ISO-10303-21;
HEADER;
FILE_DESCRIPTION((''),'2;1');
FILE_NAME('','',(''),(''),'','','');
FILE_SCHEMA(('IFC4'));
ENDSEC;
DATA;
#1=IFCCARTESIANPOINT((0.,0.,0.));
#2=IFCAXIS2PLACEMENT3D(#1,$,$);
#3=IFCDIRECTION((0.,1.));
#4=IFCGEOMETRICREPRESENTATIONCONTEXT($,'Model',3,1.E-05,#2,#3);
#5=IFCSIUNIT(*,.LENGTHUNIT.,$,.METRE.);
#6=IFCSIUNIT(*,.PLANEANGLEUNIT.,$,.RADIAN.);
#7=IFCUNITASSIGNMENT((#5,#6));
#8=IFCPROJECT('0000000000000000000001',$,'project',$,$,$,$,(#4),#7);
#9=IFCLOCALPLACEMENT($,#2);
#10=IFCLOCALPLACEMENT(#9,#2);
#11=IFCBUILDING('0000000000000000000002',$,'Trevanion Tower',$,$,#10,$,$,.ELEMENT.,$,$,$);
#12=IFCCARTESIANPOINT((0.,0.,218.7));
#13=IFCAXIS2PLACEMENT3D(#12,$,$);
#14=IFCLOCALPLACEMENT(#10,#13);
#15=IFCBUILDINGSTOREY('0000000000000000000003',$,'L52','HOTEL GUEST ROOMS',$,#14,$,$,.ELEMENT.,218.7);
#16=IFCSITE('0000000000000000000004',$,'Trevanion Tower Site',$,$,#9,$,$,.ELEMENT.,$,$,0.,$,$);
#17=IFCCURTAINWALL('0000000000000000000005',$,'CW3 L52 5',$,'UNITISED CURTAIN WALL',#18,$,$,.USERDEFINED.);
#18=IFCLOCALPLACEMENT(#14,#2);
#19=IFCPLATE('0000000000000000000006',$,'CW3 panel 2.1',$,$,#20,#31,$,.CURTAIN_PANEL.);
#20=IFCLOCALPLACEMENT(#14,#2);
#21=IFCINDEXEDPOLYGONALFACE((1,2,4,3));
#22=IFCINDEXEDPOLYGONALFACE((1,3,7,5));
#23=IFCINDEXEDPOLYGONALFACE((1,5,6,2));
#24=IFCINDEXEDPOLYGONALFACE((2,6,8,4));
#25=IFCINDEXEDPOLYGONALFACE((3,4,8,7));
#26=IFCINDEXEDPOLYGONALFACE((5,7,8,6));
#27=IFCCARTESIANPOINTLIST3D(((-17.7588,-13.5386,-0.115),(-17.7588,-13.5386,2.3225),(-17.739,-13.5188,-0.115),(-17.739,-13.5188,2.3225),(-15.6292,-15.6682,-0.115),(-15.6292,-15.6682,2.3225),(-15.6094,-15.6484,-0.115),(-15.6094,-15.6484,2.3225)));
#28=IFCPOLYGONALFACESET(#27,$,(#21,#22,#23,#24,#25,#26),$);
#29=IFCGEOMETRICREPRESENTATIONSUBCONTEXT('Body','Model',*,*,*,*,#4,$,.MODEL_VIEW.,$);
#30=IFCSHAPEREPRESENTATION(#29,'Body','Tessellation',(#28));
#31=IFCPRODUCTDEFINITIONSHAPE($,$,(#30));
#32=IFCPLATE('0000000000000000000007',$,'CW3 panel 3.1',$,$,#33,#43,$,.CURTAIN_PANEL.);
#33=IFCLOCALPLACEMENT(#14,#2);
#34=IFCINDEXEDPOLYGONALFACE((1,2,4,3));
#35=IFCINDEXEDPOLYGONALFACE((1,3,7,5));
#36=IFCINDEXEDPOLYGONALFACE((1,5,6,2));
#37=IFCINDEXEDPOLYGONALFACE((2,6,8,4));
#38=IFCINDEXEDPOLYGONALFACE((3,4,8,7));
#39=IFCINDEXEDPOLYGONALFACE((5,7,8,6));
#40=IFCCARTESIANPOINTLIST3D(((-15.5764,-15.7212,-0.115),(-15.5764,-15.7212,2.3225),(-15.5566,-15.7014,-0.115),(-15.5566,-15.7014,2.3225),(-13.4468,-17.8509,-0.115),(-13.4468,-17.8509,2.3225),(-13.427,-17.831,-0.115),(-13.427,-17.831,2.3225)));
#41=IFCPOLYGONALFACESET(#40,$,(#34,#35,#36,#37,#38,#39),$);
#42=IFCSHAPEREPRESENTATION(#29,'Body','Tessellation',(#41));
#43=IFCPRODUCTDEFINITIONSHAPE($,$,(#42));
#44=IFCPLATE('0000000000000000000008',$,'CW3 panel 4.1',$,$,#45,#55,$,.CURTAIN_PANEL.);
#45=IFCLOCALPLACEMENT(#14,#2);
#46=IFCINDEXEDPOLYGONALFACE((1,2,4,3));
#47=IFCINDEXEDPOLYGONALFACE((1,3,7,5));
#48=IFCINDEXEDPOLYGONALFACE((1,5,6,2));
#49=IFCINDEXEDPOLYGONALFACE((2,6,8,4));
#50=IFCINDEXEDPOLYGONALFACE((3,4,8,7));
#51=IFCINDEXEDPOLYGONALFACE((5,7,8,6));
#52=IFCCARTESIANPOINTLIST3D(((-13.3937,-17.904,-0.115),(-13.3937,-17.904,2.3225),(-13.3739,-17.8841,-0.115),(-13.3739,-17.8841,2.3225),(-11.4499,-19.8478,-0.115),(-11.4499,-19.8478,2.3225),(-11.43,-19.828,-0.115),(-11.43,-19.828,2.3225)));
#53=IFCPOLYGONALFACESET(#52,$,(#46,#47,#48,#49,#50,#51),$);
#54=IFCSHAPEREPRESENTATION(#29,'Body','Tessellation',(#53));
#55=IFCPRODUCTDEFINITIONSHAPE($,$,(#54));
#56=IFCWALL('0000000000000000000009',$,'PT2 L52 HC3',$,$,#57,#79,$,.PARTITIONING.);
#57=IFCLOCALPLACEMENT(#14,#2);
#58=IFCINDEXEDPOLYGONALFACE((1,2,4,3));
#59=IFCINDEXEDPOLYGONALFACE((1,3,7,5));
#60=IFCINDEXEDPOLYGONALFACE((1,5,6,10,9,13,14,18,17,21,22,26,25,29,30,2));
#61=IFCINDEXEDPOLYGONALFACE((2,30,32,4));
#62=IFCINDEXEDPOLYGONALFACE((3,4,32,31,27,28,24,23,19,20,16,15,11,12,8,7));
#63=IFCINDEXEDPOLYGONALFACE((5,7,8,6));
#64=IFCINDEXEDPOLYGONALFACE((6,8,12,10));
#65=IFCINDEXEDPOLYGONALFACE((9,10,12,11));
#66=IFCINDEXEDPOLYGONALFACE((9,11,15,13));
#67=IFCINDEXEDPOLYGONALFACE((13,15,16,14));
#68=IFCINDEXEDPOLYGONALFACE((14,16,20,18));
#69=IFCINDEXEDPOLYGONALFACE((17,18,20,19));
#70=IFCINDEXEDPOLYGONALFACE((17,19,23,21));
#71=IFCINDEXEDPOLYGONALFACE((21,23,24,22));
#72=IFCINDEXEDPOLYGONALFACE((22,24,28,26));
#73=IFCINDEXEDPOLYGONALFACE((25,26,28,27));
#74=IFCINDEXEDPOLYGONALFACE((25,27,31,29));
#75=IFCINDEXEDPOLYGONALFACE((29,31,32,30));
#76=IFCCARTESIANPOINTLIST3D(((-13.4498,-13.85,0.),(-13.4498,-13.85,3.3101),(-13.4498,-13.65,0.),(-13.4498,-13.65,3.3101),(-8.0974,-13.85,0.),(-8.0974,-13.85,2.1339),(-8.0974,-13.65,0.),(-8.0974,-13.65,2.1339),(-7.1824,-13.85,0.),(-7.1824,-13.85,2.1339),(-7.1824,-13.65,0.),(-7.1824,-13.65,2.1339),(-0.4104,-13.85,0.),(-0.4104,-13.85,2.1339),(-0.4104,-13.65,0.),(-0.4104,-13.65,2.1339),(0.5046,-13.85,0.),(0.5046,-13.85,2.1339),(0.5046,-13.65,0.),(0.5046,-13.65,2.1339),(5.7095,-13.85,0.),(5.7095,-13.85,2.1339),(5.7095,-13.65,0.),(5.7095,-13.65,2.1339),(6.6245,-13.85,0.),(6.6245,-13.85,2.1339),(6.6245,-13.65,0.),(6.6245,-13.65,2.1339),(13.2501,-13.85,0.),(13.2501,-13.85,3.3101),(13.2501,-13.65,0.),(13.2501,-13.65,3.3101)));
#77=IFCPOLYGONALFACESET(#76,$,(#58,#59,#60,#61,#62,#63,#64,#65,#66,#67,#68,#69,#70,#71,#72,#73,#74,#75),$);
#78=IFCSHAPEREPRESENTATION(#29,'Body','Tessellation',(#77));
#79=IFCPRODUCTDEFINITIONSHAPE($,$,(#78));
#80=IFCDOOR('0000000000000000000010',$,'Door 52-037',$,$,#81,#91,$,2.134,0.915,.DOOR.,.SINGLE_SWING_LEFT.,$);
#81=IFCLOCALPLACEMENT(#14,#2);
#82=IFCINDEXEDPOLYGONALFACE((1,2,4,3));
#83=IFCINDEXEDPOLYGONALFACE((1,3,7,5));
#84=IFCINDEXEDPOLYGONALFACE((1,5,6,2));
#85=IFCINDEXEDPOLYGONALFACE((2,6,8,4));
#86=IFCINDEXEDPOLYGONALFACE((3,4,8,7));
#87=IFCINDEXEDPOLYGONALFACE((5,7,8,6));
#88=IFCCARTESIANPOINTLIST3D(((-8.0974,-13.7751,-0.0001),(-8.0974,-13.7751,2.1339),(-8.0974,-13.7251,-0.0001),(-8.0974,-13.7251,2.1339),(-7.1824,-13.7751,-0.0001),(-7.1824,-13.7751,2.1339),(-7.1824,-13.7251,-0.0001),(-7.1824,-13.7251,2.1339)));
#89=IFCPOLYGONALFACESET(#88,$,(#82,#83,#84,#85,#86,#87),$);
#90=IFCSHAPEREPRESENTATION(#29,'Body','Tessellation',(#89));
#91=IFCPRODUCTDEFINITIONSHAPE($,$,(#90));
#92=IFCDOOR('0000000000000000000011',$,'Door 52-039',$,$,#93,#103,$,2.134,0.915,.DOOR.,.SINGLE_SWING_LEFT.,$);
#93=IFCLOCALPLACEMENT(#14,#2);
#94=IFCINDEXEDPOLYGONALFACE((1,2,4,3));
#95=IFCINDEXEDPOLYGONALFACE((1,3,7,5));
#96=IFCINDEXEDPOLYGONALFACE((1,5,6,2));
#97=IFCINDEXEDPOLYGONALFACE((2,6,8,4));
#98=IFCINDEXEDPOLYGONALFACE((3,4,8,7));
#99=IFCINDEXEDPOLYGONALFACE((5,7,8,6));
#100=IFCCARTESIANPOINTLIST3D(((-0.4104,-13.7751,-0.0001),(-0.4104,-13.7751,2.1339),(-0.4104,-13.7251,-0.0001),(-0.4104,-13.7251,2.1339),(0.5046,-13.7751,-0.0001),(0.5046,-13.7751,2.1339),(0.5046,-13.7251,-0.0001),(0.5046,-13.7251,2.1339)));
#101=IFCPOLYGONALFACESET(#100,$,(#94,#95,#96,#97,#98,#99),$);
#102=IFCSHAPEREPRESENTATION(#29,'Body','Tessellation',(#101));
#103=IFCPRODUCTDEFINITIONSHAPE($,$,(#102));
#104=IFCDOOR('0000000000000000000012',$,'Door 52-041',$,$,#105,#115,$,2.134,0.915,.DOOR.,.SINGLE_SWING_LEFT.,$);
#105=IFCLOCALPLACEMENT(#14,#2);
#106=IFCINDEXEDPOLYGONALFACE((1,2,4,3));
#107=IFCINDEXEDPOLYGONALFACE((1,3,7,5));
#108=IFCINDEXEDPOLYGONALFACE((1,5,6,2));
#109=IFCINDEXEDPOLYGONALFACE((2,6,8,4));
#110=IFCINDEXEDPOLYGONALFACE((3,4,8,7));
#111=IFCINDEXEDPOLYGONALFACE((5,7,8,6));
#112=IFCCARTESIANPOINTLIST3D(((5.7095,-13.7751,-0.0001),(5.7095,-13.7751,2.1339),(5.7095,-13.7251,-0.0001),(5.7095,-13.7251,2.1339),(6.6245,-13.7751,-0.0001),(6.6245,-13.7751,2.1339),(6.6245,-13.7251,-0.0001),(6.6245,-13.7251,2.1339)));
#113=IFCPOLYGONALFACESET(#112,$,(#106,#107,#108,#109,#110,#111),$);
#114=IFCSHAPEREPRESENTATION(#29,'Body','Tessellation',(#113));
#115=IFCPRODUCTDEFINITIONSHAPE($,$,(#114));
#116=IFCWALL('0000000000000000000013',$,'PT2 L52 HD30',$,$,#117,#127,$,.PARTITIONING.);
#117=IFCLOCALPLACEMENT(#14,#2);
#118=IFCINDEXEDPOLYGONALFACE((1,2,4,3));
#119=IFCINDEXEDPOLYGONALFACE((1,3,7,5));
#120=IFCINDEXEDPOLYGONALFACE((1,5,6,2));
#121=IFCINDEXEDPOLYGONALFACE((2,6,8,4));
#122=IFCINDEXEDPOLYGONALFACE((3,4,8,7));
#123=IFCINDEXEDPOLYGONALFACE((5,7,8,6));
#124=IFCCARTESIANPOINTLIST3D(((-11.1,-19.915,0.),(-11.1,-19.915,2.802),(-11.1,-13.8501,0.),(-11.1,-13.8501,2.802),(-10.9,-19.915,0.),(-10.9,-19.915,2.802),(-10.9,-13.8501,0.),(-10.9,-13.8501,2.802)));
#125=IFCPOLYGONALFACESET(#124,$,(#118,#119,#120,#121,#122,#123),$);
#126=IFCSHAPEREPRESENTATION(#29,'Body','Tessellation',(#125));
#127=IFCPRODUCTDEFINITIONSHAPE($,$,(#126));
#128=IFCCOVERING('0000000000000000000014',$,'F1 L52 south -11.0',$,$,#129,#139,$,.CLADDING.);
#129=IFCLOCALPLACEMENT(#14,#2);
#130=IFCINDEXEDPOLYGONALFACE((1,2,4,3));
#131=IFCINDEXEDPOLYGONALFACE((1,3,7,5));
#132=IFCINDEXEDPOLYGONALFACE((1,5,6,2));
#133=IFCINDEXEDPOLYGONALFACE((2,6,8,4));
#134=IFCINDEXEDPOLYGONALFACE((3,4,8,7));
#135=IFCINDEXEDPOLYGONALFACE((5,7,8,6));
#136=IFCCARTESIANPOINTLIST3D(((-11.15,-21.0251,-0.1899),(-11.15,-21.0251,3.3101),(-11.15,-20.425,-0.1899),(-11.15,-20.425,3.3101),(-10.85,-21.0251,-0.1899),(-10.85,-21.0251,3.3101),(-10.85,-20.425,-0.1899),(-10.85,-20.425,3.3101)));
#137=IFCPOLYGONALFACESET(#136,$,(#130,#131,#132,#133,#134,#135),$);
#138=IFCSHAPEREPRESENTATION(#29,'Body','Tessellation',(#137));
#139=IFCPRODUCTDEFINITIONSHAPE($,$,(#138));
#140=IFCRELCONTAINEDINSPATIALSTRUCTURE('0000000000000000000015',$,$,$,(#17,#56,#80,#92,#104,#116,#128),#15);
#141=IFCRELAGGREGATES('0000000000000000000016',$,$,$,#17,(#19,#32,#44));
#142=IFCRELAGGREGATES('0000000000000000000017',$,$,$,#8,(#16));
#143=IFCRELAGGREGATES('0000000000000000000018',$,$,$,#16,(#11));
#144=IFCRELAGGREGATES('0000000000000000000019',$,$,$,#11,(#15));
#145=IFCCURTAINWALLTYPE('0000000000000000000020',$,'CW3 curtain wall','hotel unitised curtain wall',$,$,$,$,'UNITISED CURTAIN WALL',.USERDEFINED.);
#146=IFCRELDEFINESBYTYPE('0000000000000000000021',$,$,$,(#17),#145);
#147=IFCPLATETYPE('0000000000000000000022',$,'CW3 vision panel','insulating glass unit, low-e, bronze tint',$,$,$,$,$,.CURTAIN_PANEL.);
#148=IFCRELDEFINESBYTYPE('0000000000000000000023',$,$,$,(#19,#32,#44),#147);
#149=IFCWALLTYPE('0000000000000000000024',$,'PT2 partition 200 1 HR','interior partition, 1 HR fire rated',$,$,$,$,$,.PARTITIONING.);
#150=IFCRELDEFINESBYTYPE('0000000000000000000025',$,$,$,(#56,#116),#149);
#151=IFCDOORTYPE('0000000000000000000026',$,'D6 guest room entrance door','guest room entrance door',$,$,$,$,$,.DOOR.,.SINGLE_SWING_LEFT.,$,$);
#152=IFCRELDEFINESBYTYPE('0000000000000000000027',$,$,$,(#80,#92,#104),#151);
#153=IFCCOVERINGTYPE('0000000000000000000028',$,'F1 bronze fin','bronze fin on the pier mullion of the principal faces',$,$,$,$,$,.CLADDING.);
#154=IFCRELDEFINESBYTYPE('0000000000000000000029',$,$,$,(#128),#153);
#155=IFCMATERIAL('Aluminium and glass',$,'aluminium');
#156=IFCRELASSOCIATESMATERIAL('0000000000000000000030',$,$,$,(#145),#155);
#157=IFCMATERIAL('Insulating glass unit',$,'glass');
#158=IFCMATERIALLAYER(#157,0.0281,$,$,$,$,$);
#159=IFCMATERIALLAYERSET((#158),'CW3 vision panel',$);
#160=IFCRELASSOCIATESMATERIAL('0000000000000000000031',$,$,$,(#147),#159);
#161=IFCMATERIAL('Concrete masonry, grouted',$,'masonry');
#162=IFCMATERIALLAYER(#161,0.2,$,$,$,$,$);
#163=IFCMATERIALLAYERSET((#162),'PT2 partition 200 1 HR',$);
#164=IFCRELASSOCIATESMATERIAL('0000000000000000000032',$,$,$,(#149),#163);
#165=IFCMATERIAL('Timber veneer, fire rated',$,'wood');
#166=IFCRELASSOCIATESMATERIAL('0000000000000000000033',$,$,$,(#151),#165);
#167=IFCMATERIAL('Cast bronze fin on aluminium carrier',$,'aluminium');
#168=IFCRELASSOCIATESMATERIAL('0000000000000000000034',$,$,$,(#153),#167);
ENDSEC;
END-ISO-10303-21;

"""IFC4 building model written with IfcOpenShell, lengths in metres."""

from ifc_helpers import new_model, si_unit, direction, frame, frame_2d, origin, origin_2d, place, context, subcontext, project, spatial, rectangle, extrude, material, layer, layer_set, type_object, element, fill, aggregate, save


model = new_model("IFC4")

# Units and contexts
model_context = context("Model", 3, precision=1e-05, world=origin(), true_north=direction((0.0, 1.0)))
body_context = subcontext(model_context, "Body", "Model", "MODEL_VIEW")
ifc_project = project(units=[si_unit("LENGTHUNIT", "METRE"), si_unit("PLANEANGLEUNIT", "RADIAN")], contexts=[model_context])

# Site, building, storey
site_placement = place(None, origin())
site = spatial("IfcSite", under=ifc_project, at=site_placement, Name="Trevanion Tower Site", CompositionType="ELEMENT", RefElevation=0.0)
building_placement = place(site_placement, origin())
building = spatial("IfcBuilding", under=site, at=building_placement, Name="Trevanion Tower", CompositionType="ELEMENT")
storey_placement = place(building_placement, frame((0.0, 0.0, 218.7)))
storey = spatial("IfcBuildingStorey", under=building, at=storey_placement, Name="L52", Description="HOTEL GUEST ROOMS", CompositionType="ELEMENT", Elevation=218.7)

# Curtain wall
ifc_material_1 = material(Name="Aluminium and glass", Category="aluminium")
curtain_wall_type = type_object("IfcCurtainWallType", Name="CW3 curtain wall", Description="hotel unitised curtain wall", ElementType="UNITISED CURTAIN WALL", PredefinedType="USERDEFINED", material=ifc_material_1)
curtain_wall_1_placement = place(storey_placement, origin())
curtain_wall_1 = element("IfcCurtainWall", 1, at=curtain_wall_1_placement, inside=storey, type_object=curtain_wall_type, Name="CW3 L52 5", ObjectType="UNITISED CURTAIN WALL", PredefinedType="USERDEFINED")

# Plates
ifc_material_2 = material(Name="Insulating glass unit", Category="glass")
ifc_layer_1 = layer(ifc_material_2, 0.0281)
ifc_layer_set_1 = layer_set([ifc_layer_1], Name="CW3 vision panel")
plate_type_1 = type_object("IfcPlateType", Name="CW3 vision panel", Description="insulating glass unit, low-e, bronze tint", PredefinedType="CURTAIN_PANEL", material=ifc_layer_set_1)
plate_1_placement = place(storey_placement, frame((-16.6841, -14.5935, -0.115), z_axis=(0.0, 0.0, 1.0), x_axis=(0.707107, -0.707107, 0.0)))
plate_1 = element("IfcPlate", 2, at=plate_1_placement, type_object=plate_type_1, Name="CW3 panel 2.1", PredefinedType="CURTAIN_PANEL", context=body_context, shape_type="SweptSolid", body=[
    extrude(rectangle(XDim=3.0117, YDim=0.0281, at=origin_2d()), origin(), (0.0, 0.0, 1.0), 2.4375),
])
plate_2_placement = place(storey_placement, frame((-14.5017, -16.7761, -0.115), z_axis=(0.0, 0.0, 1.0), x_axis=(0.707107, -0.707107, 0.0)))
plate_2 = element("IfcPlate", 3, at=plate_2_placement, type_object=plate_type_1, Name="CW3 panel 3.1", PredefinedType="CURTAIN_PANEL", context=body_context, shape_type="SweptSolid", body=[
    extrude(rectangle(XDim=3.0117, YDim=0.0281, at=origin_2d()), origin(), (0.0, 0.0, 1.0), 2.4375),
])
plate_3_placement = place(storey_placement, frame((-12.4119, -18.866, -0.115), z_axis=(0.0, 0.0, 1.0), x_axis=(0.707107, -0.707107, 0.0)))
plate_3 = element("IfcPlate", 4, at=plate_3_placement, type_object=plate_type_1, Name="CW3 panel 4.1", PredefinedType="CURTAIN_PANEL", context=body_context, shape_type="SweptSolid", body=[
    extrude(rectangle(XDim=2.749, YDim=0.0281, at=origin_2d()), origin(), (0.0, 0.0, 1.0), 2.4375),
])
aggregate(curtain_wall_1, [plate_1, plate_2, plate_3])

# Wall, openings, doors
ifc_material_3 = material(Name="Concrete masonry, grouted", Category="masonry")
ifc_layer_2 = layer(ifc_material_3, 0.2)
ifc_layer_set_2 = layer_set([ifc_layer_2], Name="PT2 partition 200 1 HR")
wall_type = type_object("IfcWallType", Name="PT2 partition 200 1 HR", Description="interior partition, 1 HR fire rated", PredefinedType="PARTITIONING", material=ifc_layer_set_2)
wall_1_placement = place(storey_placement, frame((-13.45, -13.75, 0.0), z_axis=(0.0, 0.0, 1.0), x_axis=(1.0, 0.0, 0.0)))
wall_1 = element("IfcWall", 5, at=wall_1_placement, inside=storey, type_object=wall_type, Name="PT2 L52 HC3", PredefinedType="PARTITIONING", context=body_context, shape_type="SweptSolid", body=[
    extrude(rectangle(XDim=26.7, YDim=0.2, at=frame_2d((13.3501, 0.0))), origin(), (0.0, 0.0, 1.0), 3.3101),
])
opening_1_placement = place(wall_1_placement, frame((5.3525, 0.0, 0.0)))
opening_1 = element("IfcOpeningElement", 6, at=opening_1_placement, cuts=wall_1, PredefinedType="OPENING", context=body_context, shape_type="SweptSolid", body=[
    extrude(rectangle(XDim=0.915, YDim=2.134, at=frame_2d((0.4575, 1.0669))), frame((0.0, 0.1099, 0.0), z_axis=(0.0, -1.0, 0.0), x_axis=(1.0, 0.0, 0.0)), (0.0, 0.0, 1.0), 0.22),
])
opening_2_placement = place(wall_1_placement, frame((13.0396, 0.0, 0.0)))
opening_2 = element("IfcOpeningElement", 7, at=opening_2_placement, cuts=wall_1, PredefinedType="OPENING", context=body_context, shape_type="SweptSolid", body=[
    extrude(rectangle(XDim=0.915, YDim=2.134, at=frame_2d((0.4575, 1.0669))), frame((0.0, 0.1099, 0.0), z_axis=(0.0, -1.0, 0.0), x_axis=(1.0, 0.0, 0.0)), (0.0, 0.0, 1.0), 0.22),
])
opening_3_placement = place(wall_1_placement, frame((19.1594, 0.0, 0.0)))
opening_3 = element("IfcOpeningElement", 8, at=opening_3_placement, cuts=wall_1, PredefinedType="OPENING", context=body_context, shape_type="SweptSolid", body=[
    extrude(rectangle(XDim=0.915, YDim=2.134, at=frame_2d((0.4575, 1.0669))), frame((0.0, 0.1099, 0.0), z_axis=(0.0, -1.0, 0.0), x_axis=(1.0, 0.0, 0.0)), (0.0, 0.0, 1.0), 0.22),
])
ifc_material_4 = material(Name="Timber veneer, fire rated", Category="wood")
door_type = type_object("IfcDoorType", Name="D6 guest room entrance door", Description="guest room entrance door", OperationType="SINGLE_SWING_LEFT", PredefinedType="DOOR", material=ifc_material_4)
door_1_placement = place(opening_1_placement, origin())
door_1 = element("IfcDoor", 9, at=door_1_placement, inside=storey, type_object=door_type, Name="Door 52-037", OperationType="SINGLE_SWING_LEFT", OverallHeight=2.134, OverallWidth=0.915, PredefinedType="DOOR", context=body_context, shape_type="SweptSolid", body=[
    extrude(rectangle(XDim=0.915, YDim=2.134, at=frame_2d((0.4575, 1.0669))), frame((0.0, 0.0249, 0.0), z_axis=(0.0, -1.0, 0.0), x_axis=(1.0, 0.0, 0.0)), (0.0, 0.0, 1.0), 0.05),
])
fill(opening_1, door_1)
door_2_placement = place(opening_2_placement, origin())
door_2 = element("IfcDoor", 10, at=door_2_placement, inside=storey, type_object=door_type, Name="Door 52-039", OperationType="SINGLE_SWING_LEFT", OverallHeight=2.134, OverallWidth=0.915, PredefinedType="DOOR", context=body_context, shape_type="SweptSolid", body=[
    extrude(rectangle(XDim=0.915, YDim=2.134, at=frame_2d((0.4575, 1.0669))), frame((0.0, 0.0249, 0.0), z_axis=(0.0, -1.0, 0.0), x_axis=(1.0, 0.0, 0.0)), (0.0, 0.0, 1.0), 0.05),
])
fill(opening_2, door_2)
door_3_placement = place(opening_3_placement, origin())
door_3 = element("IfcDoor", 11, at=door_3_placement, inside=storey, type_object=door_type, Name="Door 52-041", OperationType="SINGLE_SWING_LEFT", OverallHeight=2.134, OverallWidth=0.915, PredefinedType="DOOR", context=body_context, shape_type="SweptSolid", body=[
    extrude(rectangle(XDim=0.915, YDim=2.134, at=frame_2d((0.4575, 1.0669))), frame((0.0, 0.0249, 0.0), z_axis=(0.0, -1.0, 0.0), x_axis=(1.0, 0.0, 0.0)), (0.0, 0.0, 1.0), 0.05),
])
fill(opening_3, door_3)

# Wall
wall_2_placement = place(storey_placement, frame((-11.0, -13.8501, 0.0), z_axis=(0.0, 0.0, 1.0), x_axis=(0.0, -1.0, 0.0)))
element("IfcWall", 12, at=wall_2_placement, inside=storey, type_object=wall_type, Name="PT2 L52 HD30", PredefinedType="PARTITIONING", context=body_context, shape_type="SweptSolid", body=[
    extrude(rectangle(XDim=6.0649, YDim=0.2, at=frame_2d((3.0325, 0.0))), origin(), (0.0, 0.0, 1.0), 2.802),
])

# Covering
ifc_material_5 = material(Name="Cast bronze fin on aluminium carrier", Category="aluminium")
covering_type = type_object("IfcCoveringType", Name="F1 bronze fin", Description="bronze fin on the pier mullion of the principal faces", PredefinedType="CLADDING", material=ifc_material_5)
covering_placement = place(storey_placement, frame((-11.0, -20.7251, -0.1899), z_axis=(0.0, 0.0, 1.0), x_axis=(1.0, 0.0, 0.0)))
element("IfcCovering", 13, at=covering_placement, inside=storey, type_object=covering_type, Name="F1 L52 south -11.0", PredefinedType="CLADDING", context=body_context, shape_type="SweptSolid", body=[
    extrude(rectangle(XDim=0.3, YDim=0.6001, at=origin_2d()), origin(), (0.0, 0.0, 1.0), 3.5),
])

save(model, "model.ifc")
